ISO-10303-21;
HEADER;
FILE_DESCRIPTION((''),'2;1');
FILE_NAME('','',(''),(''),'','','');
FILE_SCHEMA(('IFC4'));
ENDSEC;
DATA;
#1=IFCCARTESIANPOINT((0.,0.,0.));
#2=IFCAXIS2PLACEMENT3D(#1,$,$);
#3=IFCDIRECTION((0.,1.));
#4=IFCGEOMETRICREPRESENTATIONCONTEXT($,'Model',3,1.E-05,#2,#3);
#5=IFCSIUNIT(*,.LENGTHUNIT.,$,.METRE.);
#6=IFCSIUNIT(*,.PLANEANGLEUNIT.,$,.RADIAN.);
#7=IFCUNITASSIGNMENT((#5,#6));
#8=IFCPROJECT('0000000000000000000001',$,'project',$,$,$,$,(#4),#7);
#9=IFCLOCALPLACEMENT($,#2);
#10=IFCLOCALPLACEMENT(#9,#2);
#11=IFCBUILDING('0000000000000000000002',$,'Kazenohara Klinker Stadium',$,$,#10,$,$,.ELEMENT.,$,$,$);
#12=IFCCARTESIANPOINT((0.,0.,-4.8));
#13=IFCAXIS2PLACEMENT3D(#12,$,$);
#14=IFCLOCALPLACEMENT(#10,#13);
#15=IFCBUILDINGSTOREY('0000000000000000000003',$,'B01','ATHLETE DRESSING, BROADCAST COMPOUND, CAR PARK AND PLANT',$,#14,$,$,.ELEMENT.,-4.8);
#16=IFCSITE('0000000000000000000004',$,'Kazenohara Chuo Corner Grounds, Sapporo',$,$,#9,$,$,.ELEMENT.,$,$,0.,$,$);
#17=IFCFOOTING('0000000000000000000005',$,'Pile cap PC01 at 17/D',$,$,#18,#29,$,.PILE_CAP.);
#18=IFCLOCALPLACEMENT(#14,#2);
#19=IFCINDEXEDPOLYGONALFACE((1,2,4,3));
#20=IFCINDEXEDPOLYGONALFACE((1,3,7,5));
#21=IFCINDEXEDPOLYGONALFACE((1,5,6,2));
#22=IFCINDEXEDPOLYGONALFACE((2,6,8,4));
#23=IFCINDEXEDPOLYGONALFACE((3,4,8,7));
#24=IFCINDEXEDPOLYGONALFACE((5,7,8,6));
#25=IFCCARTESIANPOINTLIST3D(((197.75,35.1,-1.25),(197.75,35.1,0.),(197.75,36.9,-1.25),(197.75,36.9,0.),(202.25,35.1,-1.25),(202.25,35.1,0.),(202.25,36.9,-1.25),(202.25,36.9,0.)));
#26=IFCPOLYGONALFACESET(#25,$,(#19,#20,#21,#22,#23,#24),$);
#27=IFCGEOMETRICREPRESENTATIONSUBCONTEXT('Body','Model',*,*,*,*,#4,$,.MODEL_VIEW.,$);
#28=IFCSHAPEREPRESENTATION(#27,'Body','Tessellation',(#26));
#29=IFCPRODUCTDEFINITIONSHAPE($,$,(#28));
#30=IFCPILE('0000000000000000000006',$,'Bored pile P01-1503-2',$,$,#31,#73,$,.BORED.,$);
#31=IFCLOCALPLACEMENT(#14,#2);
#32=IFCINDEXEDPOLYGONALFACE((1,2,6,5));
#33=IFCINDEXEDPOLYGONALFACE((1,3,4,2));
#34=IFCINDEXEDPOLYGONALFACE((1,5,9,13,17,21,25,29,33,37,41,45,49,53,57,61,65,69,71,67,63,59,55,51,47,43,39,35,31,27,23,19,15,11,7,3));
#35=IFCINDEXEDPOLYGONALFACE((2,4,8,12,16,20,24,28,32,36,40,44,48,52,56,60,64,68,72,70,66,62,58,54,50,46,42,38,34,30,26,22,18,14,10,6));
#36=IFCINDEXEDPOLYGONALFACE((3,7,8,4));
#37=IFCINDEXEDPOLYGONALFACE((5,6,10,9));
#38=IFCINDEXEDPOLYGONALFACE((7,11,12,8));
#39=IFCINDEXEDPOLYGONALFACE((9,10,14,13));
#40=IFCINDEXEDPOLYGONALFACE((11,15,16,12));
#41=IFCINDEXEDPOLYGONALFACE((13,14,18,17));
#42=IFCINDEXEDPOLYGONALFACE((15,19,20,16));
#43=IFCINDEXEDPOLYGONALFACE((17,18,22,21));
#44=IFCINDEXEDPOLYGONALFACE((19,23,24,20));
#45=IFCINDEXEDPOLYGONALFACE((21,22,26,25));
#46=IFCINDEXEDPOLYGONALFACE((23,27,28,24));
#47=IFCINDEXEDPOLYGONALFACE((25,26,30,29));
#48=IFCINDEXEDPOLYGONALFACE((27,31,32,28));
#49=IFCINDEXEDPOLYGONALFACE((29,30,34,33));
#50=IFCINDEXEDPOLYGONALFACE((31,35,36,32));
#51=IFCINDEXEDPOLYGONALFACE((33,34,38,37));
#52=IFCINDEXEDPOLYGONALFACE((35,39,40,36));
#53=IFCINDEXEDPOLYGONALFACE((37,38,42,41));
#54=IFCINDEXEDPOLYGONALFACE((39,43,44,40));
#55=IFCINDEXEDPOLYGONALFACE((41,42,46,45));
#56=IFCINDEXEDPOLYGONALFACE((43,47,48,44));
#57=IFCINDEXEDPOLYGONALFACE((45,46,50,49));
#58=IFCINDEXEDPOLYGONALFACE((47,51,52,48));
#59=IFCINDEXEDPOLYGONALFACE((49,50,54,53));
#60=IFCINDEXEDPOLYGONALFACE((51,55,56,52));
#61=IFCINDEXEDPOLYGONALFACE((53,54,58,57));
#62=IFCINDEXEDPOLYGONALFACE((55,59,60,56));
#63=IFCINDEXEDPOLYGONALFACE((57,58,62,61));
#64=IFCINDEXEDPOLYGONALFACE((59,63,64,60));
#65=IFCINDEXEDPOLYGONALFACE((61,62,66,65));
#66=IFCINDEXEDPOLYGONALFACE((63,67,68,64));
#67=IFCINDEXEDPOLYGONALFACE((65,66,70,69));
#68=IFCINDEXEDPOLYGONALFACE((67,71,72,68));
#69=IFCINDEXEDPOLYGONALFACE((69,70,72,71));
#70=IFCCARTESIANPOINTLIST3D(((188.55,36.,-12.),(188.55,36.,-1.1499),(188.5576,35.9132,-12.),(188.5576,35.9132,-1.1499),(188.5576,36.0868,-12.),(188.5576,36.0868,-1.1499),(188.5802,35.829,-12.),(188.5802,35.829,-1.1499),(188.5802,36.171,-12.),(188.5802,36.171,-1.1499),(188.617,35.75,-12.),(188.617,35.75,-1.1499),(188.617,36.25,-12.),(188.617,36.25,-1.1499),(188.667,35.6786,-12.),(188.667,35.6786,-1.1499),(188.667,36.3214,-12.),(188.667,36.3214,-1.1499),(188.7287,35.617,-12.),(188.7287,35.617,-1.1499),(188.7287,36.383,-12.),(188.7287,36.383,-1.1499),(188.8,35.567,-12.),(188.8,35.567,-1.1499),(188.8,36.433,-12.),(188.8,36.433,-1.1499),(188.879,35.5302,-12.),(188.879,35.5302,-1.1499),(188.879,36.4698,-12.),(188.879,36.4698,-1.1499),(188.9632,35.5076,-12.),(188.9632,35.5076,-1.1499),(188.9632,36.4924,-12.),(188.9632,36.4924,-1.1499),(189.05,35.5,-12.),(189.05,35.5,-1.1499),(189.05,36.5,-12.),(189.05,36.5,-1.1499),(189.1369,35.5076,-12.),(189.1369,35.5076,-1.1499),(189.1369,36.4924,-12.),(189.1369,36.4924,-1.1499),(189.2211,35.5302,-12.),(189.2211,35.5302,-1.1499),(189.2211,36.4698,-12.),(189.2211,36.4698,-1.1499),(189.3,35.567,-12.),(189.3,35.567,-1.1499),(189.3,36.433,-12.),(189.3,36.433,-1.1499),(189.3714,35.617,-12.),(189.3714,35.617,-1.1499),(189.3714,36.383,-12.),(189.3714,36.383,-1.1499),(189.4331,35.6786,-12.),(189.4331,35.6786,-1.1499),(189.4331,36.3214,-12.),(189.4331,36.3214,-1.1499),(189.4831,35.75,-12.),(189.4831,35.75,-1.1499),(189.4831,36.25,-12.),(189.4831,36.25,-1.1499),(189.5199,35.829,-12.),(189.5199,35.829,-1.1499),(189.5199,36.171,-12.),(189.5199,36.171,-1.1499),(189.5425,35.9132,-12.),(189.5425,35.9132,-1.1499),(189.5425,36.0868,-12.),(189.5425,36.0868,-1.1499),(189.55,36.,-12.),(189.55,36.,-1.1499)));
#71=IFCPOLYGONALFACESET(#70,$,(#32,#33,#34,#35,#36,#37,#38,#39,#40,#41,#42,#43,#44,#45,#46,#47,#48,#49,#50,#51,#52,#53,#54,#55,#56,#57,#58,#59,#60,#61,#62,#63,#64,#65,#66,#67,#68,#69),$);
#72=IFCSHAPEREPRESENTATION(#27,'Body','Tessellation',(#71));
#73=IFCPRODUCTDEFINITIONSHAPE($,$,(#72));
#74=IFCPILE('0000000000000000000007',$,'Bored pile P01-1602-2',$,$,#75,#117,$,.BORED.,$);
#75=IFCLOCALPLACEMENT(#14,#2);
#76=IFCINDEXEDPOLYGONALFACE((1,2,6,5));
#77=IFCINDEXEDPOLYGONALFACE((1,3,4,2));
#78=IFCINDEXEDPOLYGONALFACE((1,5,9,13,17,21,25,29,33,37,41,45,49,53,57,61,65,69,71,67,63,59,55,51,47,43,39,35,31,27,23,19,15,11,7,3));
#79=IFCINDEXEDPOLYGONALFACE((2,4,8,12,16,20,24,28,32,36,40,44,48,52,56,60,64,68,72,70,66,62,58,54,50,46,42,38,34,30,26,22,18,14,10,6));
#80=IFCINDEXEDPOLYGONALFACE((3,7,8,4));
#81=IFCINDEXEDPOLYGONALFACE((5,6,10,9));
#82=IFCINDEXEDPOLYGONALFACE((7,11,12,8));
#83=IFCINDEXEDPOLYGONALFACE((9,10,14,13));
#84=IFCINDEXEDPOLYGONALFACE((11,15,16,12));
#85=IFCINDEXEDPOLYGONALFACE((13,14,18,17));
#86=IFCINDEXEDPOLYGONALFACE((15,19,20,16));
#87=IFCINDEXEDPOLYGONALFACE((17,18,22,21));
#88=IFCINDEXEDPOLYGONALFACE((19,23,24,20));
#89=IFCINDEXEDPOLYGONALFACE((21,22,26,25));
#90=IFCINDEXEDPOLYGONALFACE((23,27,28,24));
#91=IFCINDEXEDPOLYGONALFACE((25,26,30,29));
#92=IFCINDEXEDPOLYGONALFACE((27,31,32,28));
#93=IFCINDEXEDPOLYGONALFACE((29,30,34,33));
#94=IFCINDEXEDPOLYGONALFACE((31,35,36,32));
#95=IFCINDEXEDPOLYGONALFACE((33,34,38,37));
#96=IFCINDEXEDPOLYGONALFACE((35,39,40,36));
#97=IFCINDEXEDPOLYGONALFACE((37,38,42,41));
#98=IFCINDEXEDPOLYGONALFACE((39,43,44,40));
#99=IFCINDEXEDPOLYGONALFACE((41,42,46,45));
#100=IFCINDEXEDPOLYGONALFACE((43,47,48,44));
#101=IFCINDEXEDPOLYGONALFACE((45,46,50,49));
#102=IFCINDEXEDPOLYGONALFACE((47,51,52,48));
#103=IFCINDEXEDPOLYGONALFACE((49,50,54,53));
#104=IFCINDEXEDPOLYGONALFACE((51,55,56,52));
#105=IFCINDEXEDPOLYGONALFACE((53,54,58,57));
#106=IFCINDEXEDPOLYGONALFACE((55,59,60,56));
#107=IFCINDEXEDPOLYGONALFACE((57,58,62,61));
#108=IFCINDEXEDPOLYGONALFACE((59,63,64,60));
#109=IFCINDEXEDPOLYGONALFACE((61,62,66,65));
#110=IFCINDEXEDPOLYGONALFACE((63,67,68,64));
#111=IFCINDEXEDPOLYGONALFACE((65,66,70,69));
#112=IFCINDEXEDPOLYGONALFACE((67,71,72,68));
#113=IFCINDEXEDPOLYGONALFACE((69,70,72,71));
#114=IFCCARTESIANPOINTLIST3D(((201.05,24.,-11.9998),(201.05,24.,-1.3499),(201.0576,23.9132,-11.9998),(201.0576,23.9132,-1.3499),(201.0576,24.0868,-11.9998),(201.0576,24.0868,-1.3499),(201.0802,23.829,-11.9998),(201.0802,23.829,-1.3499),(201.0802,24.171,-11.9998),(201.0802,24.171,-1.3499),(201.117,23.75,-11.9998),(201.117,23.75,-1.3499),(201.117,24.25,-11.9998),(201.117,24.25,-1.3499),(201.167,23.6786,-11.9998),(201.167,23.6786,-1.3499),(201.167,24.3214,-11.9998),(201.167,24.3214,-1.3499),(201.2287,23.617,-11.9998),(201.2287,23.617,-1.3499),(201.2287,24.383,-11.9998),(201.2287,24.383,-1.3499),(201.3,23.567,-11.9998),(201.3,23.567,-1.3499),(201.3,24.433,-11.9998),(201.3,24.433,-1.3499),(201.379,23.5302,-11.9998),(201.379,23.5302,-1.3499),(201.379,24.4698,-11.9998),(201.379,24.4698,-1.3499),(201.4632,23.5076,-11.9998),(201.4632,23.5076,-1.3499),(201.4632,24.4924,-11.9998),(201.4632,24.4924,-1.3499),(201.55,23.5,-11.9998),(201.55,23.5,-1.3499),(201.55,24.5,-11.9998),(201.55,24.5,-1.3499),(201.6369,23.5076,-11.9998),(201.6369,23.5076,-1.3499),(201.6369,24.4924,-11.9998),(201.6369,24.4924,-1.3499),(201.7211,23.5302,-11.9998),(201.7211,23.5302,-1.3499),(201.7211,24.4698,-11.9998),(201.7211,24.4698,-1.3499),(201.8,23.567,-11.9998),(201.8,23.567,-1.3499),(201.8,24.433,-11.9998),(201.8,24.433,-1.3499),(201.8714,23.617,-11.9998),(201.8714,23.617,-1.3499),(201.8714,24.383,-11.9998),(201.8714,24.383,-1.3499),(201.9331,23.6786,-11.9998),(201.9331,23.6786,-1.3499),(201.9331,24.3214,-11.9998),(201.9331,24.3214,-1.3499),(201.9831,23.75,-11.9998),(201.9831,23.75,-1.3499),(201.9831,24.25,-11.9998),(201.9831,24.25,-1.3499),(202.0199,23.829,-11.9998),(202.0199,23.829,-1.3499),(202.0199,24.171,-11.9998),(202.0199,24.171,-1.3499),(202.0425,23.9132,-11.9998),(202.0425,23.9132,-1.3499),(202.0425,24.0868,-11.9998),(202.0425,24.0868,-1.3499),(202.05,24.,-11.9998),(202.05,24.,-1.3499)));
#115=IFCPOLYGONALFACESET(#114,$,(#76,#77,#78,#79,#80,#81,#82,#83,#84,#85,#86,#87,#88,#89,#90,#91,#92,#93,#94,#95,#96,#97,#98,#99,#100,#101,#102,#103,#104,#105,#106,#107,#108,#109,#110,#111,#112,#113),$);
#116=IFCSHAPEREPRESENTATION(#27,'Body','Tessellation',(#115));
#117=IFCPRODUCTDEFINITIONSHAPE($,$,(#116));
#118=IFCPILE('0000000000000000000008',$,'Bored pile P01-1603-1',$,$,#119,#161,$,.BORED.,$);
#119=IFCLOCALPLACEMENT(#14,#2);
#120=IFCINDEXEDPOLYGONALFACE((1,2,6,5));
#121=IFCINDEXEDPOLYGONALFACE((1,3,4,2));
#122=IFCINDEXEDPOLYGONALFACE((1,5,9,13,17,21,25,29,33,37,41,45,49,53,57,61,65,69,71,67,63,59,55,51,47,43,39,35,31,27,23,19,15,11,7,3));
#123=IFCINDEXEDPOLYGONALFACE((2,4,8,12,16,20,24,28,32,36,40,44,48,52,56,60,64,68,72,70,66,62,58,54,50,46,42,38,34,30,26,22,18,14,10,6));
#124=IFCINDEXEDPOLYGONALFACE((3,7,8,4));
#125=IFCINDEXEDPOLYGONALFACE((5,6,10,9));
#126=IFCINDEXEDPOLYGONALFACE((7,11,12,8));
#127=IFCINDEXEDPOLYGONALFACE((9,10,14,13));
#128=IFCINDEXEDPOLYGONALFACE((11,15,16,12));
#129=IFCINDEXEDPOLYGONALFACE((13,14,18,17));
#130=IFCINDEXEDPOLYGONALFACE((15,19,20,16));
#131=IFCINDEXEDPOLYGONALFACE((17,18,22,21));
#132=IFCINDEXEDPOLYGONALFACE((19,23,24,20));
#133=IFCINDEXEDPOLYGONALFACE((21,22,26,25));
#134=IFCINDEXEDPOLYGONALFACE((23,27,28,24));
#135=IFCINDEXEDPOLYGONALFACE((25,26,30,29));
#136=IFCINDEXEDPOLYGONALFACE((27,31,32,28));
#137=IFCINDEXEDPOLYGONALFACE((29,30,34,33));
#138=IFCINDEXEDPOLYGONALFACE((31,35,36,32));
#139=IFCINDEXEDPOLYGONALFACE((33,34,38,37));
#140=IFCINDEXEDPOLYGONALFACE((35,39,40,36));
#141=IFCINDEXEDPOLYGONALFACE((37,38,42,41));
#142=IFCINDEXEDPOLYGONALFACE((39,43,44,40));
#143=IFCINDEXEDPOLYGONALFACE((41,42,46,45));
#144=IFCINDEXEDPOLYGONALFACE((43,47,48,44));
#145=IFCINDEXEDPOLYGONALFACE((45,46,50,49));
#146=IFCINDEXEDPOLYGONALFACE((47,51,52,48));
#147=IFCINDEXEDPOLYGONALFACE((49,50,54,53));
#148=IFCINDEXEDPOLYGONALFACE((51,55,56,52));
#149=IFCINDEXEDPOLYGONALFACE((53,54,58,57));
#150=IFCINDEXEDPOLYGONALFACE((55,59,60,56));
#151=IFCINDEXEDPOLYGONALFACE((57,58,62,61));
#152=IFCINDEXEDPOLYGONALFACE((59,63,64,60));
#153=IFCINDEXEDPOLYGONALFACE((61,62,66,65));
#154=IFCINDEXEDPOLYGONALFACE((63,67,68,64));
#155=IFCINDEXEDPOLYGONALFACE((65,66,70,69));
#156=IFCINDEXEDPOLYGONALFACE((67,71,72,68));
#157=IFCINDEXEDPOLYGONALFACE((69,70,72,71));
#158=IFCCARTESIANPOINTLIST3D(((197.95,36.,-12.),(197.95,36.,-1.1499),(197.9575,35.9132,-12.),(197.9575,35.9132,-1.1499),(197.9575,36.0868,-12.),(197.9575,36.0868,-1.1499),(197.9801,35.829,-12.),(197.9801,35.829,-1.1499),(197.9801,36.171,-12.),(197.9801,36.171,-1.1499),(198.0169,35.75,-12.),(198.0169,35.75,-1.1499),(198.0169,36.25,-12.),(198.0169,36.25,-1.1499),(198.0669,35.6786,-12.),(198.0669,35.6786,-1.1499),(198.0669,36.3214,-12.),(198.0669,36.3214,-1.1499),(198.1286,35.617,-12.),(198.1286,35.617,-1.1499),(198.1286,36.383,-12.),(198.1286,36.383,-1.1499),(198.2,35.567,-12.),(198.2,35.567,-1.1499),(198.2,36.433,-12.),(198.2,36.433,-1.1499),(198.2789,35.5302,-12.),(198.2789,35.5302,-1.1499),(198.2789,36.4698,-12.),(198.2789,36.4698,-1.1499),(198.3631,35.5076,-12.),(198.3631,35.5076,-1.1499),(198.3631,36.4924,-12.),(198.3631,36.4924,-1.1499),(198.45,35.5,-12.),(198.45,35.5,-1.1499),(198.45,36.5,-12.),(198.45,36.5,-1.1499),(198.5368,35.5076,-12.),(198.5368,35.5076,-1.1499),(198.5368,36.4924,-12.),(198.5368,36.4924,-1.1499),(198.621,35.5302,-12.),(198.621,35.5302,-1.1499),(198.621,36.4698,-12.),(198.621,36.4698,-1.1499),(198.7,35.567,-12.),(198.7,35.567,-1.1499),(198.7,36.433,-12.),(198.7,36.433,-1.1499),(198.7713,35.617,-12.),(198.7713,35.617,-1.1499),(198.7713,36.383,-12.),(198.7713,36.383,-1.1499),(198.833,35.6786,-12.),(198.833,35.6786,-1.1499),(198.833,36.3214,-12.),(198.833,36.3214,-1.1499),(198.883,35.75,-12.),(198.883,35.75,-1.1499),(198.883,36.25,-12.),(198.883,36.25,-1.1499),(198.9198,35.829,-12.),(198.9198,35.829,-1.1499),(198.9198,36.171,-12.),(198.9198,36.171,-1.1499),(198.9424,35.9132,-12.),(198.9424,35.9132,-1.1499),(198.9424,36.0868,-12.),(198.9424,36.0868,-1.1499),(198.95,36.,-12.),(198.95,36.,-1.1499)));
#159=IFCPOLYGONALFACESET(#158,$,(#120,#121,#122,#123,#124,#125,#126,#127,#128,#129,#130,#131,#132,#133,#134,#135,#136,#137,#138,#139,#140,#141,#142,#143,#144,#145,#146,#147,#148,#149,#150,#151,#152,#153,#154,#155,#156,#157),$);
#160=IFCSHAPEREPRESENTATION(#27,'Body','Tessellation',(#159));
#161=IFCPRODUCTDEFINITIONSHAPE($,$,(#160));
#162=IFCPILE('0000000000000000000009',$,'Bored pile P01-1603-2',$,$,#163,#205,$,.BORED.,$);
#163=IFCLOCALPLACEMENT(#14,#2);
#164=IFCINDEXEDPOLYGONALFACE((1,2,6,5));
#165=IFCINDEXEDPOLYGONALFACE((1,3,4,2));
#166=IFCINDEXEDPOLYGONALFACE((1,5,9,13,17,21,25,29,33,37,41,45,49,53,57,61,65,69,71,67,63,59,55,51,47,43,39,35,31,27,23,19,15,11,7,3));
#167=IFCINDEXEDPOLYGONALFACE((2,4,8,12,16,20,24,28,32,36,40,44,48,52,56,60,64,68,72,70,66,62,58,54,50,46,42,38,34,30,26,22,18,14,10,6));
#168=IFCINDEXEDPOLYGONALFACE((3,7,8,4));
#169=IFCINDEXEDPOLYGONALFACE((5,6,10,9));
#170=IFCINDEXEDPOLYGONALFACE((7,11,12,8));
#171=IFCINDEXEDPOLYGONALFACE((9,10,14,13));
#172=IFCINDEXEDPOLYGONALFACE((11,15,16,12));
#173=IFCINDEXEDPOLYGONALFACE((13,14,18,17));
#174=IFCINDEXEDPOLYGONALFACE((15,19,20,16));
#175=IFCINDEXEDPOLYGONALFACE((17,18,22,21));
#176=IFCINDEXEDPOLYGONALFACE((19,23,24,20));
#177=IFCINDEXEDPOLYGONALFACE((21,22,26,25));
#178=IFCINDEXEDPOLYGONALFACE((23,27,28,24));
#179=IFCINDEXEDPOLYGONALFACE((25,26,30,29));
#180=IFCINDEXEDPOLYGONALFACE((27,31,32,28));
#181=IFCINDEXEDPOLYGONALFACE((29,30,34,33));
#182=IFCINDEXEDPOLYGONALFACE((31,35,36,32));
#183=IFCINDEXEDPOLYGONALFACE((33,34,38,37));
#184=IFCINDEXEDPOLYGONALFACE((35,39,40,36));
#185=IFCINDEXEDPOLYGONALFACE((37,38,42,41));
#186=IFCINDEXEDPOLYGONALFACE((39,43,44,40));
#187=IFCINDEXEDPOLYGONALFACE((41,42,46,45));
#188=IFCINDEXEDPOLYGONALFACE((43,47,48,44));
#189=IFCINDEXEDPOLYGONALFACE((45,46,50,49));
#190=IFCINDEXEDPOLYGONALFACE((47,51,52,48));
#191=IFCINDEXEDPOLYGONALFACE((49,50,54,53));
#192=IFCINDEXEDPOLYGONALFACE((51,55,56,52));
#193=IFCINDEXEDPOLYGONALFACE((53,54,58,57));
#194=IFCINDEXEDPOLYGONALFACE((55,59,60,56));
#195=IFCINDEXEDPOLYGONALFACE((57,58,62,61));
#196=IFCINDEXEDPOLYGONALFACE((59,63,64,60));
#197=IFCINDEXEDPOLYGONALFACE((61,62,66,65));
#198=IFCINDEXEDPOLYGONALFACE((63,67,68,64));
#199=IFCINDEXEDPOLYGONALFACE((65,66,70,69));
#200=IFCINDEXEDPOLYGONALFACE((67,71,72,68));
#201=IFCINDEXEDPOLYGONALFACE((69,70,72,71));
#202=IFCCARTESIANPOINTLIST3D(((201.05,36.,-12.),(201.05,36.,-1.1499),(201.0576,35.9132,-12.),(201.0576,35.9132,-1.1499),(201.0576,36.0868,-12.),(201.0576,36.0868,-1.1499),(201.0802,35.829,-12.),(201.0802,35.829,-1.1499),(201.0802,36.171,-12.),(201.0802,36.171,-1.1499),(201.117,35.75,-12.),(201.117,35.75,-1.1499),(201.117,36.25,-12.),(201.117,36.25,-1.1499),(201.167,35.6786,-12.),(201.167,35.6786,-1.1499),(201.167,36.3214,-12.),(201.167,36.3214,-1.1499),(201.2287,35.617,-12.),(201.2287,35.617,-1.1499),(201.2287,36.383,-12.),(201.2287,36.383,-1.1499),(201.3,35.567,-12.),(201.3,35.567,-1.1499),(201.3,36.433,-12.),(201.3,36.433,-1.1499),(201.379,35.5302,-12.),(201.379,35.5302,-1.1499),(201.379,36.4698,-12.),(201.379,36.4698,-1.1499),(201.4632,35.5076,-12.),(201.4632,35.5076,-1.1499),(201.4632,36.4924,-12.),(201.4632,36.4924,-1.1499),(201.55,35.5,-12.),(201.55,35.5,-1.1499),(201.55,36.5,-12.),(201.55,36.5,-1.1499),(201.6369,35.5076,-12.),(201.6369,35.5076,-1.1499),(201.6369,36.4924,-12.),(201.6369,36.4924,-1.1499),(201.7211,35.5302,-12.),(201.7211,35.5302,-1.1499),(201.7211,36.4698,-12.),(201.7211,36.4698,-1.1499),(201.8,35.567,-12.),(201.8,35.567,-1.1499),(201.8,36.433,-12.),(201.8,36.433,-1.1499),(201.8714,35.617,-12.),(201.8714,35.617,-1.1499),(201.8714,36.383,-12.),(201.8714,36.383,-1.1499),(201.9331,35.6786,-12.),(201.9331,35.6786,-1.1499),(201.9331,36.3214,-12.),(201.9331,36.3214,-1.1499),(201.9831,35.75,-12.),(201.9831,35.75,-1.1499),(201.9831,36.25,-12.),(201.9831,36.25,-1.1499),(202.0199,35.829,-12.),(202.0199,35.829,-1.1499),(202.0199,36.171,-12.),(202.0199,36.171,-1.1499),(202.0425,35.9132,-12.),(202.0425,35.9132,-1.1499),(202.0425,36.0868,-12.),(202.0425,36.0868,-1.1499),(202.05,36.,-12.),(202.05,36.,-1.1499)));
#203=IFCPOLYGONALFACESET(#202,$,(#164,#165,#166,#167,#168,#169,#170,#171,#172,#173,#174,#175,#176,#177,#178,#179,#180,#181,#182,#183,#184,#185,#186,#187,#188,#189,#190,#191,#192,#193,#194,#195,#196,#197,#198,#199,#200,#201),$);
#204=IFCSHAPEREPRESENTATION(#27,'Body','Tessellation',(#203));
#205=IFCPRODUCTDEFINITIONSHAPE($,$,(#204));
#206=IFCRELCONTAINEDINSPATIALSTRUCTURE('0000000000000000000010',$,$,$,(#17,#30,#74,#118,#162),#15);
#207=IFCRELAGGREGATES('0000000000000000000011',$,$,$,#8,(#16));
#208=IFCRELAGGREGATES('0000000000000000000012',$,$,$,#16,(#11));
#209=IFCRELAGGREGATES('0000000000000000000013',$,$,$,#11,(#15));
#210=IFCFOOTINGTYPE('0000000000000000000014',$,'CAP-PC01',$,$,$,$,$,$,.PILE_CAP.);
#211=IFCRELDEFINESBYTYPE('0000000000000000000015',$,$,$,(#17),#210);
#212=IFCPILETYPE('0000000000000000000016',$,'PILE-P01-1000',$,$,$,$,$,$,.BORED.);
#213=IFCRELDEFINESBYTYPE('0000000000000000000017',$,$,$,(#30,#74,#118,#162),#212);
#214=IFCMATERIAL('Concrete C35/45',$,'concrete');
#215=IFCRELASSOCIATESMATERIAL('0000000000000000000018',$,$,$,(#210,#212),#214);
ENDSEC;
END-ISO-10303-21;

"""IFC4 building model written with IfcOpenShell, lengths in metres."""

from ifc_helpers import new_model, si_unit, direction, frame, origin, origin_2d, place, context, subcontext, project, spatial, rectangle, circle, extrude, material, material_profile, profile_set, type_object, element, save


model = new_model("IFC4")

# Units and contexts
model_context = context("Model", 3, precision=1e-05, world=origin(), true_north=direction((0.0, 1.0)))
body_context = subcontext(model_context, "Body", "Model", "MODEL_VIEW")
ifc_project = project(units=[si_unit("LENGTHUNIT", "METRE"), si_unit("PLANEANGLEUNIT", "RADIAN")], contexts=[model_context])

# Site, building, storey
site_placement = place(None, origin())
site = spatial("IfcSite", under=ifc_project, at=site_placement, Name="Kazenohara Chuo Corner Grounds, Sapporo", CompositionType="ELEMENT", RefElevation=0.0)
building_placement = place(site_placement, origin())
building = spatial("IfcBuilding", under=site, at=building_placement, Name="Kazenohara Klinker Stadium", CompositionType="ELEMENT")
storey_placement = place(building_placement, frame((0.0, 0.0, -4.8)))
storey = spatial("IfcBuildingStorey", under=building, at=storey_placement, Name="B01", Description="ATHLETE DRESSING, BROADCAST COMPOUND, CAR PARK AND PLANT", CompositionType="ELEMENT", Elevation=-4.8)

# Footing
ifc_material_1 = material(Name="Concrete C35/45", Category="concrete")
footing_type = type_object("IfcFootingType", Name="CAP-PC01", PredefinedType="PILE_CAP", material=ifc_material_1)
footing_placement = place(storey_placement, frame((200.0, 36.0, -1.25), z_axis=(0.0, 0.0, 1.0), x_axis=(1.0, 0.0, 0.0)))
element("IfcFooting", 1, at=footing_placement, inside=storey, type_object=footing_type, Name="Pile cap PC01 at 17/D", PredefinedType="PILE_CAP", context=body_context, shape_type="SweptSolid", body=[
    extrude(rectangle(XDim=4.5, YDim=1.8, at=origin_2d()), origin(), (0.0, 0.0, 1.0), 1.25),
])

# Piles
ifc_material_profile_1 = material_profile(ifc_material_1, circle(Radius=0.5, at=origin_2d()), Name="BORED-PILE-1000")
ifc_profile_set_1 = profile_set([ifc_material_profile_1], Name="Concrete C35/45")
pile_type = type_object("IfcPileType", Name="PILE-P01-1000", PredefinedType="BORED", material=ifc_profile_set_1)
pile_1_placement = place(storey_placement, frame((189.05, 36.0, -1.1499), z_axis=(0.0, 0.0, -1.0), x_axis=(1.0, 0.0, 0.0)))
element("IfcPile", 2, at=pile_1_placement, inside=storey, type_object=pile_type, Name="Bored pile P01-1503-2", PredefinedType="BORED", context=body_context, shape_type="SweptSolid", body=[
    extrude(circle(Radius=0.5, at=origin_2d()), origin(), (0.0, 0.0, 1.0), 10.8501),
])
pile_2_placement = place(storey_placement, frame((201.55, 24.0, -1.3499), z_axis=(0.0, 0.0, -1.0), x_axis=(1.0, 0.0, 0.0)))
element("IfcPile", 3, at=pile_2_placement, inside=storey, type_object=pile_type, Name="Bored pile P01-1602-2", PredefinedType="BORED", context=body_context, shape_type="SweptSolid", body=[
    extrude(circle(Radius=0.5, at=origin_2d()), origin(), (0.0, 0.0, 1.0), 10.6499),
])
for number, where, z_axis, x_axis, name in (
    (4, (198.45, 36.0, -1.1499), (0.0, 0.0, -1.0), (1.0, 0.0, 0.0), "Bored pile P01-1603-1"),
    (5, (201.55, 36.0, -1.1499), (0.0, 0.0, -1.0), (1.0, 0.0, 0.0), "Bored pile P01-1603-2"),
):
    element("IfcPile", number, at=place(storey_placement, frame(where, z_axis=z_axis, x_axis=x_axis)), inside=storey, type_object=pile_type, Name=name, PredefinedType="BORED", context=body_context, shape_type="SweptSolid", body=[
        extrude(circle(Radius=0.5, at=origin_2d()), origin(), (0.0, 0.0, 1.0), 10.8501),
    ])

save(model, "model.ifc")
